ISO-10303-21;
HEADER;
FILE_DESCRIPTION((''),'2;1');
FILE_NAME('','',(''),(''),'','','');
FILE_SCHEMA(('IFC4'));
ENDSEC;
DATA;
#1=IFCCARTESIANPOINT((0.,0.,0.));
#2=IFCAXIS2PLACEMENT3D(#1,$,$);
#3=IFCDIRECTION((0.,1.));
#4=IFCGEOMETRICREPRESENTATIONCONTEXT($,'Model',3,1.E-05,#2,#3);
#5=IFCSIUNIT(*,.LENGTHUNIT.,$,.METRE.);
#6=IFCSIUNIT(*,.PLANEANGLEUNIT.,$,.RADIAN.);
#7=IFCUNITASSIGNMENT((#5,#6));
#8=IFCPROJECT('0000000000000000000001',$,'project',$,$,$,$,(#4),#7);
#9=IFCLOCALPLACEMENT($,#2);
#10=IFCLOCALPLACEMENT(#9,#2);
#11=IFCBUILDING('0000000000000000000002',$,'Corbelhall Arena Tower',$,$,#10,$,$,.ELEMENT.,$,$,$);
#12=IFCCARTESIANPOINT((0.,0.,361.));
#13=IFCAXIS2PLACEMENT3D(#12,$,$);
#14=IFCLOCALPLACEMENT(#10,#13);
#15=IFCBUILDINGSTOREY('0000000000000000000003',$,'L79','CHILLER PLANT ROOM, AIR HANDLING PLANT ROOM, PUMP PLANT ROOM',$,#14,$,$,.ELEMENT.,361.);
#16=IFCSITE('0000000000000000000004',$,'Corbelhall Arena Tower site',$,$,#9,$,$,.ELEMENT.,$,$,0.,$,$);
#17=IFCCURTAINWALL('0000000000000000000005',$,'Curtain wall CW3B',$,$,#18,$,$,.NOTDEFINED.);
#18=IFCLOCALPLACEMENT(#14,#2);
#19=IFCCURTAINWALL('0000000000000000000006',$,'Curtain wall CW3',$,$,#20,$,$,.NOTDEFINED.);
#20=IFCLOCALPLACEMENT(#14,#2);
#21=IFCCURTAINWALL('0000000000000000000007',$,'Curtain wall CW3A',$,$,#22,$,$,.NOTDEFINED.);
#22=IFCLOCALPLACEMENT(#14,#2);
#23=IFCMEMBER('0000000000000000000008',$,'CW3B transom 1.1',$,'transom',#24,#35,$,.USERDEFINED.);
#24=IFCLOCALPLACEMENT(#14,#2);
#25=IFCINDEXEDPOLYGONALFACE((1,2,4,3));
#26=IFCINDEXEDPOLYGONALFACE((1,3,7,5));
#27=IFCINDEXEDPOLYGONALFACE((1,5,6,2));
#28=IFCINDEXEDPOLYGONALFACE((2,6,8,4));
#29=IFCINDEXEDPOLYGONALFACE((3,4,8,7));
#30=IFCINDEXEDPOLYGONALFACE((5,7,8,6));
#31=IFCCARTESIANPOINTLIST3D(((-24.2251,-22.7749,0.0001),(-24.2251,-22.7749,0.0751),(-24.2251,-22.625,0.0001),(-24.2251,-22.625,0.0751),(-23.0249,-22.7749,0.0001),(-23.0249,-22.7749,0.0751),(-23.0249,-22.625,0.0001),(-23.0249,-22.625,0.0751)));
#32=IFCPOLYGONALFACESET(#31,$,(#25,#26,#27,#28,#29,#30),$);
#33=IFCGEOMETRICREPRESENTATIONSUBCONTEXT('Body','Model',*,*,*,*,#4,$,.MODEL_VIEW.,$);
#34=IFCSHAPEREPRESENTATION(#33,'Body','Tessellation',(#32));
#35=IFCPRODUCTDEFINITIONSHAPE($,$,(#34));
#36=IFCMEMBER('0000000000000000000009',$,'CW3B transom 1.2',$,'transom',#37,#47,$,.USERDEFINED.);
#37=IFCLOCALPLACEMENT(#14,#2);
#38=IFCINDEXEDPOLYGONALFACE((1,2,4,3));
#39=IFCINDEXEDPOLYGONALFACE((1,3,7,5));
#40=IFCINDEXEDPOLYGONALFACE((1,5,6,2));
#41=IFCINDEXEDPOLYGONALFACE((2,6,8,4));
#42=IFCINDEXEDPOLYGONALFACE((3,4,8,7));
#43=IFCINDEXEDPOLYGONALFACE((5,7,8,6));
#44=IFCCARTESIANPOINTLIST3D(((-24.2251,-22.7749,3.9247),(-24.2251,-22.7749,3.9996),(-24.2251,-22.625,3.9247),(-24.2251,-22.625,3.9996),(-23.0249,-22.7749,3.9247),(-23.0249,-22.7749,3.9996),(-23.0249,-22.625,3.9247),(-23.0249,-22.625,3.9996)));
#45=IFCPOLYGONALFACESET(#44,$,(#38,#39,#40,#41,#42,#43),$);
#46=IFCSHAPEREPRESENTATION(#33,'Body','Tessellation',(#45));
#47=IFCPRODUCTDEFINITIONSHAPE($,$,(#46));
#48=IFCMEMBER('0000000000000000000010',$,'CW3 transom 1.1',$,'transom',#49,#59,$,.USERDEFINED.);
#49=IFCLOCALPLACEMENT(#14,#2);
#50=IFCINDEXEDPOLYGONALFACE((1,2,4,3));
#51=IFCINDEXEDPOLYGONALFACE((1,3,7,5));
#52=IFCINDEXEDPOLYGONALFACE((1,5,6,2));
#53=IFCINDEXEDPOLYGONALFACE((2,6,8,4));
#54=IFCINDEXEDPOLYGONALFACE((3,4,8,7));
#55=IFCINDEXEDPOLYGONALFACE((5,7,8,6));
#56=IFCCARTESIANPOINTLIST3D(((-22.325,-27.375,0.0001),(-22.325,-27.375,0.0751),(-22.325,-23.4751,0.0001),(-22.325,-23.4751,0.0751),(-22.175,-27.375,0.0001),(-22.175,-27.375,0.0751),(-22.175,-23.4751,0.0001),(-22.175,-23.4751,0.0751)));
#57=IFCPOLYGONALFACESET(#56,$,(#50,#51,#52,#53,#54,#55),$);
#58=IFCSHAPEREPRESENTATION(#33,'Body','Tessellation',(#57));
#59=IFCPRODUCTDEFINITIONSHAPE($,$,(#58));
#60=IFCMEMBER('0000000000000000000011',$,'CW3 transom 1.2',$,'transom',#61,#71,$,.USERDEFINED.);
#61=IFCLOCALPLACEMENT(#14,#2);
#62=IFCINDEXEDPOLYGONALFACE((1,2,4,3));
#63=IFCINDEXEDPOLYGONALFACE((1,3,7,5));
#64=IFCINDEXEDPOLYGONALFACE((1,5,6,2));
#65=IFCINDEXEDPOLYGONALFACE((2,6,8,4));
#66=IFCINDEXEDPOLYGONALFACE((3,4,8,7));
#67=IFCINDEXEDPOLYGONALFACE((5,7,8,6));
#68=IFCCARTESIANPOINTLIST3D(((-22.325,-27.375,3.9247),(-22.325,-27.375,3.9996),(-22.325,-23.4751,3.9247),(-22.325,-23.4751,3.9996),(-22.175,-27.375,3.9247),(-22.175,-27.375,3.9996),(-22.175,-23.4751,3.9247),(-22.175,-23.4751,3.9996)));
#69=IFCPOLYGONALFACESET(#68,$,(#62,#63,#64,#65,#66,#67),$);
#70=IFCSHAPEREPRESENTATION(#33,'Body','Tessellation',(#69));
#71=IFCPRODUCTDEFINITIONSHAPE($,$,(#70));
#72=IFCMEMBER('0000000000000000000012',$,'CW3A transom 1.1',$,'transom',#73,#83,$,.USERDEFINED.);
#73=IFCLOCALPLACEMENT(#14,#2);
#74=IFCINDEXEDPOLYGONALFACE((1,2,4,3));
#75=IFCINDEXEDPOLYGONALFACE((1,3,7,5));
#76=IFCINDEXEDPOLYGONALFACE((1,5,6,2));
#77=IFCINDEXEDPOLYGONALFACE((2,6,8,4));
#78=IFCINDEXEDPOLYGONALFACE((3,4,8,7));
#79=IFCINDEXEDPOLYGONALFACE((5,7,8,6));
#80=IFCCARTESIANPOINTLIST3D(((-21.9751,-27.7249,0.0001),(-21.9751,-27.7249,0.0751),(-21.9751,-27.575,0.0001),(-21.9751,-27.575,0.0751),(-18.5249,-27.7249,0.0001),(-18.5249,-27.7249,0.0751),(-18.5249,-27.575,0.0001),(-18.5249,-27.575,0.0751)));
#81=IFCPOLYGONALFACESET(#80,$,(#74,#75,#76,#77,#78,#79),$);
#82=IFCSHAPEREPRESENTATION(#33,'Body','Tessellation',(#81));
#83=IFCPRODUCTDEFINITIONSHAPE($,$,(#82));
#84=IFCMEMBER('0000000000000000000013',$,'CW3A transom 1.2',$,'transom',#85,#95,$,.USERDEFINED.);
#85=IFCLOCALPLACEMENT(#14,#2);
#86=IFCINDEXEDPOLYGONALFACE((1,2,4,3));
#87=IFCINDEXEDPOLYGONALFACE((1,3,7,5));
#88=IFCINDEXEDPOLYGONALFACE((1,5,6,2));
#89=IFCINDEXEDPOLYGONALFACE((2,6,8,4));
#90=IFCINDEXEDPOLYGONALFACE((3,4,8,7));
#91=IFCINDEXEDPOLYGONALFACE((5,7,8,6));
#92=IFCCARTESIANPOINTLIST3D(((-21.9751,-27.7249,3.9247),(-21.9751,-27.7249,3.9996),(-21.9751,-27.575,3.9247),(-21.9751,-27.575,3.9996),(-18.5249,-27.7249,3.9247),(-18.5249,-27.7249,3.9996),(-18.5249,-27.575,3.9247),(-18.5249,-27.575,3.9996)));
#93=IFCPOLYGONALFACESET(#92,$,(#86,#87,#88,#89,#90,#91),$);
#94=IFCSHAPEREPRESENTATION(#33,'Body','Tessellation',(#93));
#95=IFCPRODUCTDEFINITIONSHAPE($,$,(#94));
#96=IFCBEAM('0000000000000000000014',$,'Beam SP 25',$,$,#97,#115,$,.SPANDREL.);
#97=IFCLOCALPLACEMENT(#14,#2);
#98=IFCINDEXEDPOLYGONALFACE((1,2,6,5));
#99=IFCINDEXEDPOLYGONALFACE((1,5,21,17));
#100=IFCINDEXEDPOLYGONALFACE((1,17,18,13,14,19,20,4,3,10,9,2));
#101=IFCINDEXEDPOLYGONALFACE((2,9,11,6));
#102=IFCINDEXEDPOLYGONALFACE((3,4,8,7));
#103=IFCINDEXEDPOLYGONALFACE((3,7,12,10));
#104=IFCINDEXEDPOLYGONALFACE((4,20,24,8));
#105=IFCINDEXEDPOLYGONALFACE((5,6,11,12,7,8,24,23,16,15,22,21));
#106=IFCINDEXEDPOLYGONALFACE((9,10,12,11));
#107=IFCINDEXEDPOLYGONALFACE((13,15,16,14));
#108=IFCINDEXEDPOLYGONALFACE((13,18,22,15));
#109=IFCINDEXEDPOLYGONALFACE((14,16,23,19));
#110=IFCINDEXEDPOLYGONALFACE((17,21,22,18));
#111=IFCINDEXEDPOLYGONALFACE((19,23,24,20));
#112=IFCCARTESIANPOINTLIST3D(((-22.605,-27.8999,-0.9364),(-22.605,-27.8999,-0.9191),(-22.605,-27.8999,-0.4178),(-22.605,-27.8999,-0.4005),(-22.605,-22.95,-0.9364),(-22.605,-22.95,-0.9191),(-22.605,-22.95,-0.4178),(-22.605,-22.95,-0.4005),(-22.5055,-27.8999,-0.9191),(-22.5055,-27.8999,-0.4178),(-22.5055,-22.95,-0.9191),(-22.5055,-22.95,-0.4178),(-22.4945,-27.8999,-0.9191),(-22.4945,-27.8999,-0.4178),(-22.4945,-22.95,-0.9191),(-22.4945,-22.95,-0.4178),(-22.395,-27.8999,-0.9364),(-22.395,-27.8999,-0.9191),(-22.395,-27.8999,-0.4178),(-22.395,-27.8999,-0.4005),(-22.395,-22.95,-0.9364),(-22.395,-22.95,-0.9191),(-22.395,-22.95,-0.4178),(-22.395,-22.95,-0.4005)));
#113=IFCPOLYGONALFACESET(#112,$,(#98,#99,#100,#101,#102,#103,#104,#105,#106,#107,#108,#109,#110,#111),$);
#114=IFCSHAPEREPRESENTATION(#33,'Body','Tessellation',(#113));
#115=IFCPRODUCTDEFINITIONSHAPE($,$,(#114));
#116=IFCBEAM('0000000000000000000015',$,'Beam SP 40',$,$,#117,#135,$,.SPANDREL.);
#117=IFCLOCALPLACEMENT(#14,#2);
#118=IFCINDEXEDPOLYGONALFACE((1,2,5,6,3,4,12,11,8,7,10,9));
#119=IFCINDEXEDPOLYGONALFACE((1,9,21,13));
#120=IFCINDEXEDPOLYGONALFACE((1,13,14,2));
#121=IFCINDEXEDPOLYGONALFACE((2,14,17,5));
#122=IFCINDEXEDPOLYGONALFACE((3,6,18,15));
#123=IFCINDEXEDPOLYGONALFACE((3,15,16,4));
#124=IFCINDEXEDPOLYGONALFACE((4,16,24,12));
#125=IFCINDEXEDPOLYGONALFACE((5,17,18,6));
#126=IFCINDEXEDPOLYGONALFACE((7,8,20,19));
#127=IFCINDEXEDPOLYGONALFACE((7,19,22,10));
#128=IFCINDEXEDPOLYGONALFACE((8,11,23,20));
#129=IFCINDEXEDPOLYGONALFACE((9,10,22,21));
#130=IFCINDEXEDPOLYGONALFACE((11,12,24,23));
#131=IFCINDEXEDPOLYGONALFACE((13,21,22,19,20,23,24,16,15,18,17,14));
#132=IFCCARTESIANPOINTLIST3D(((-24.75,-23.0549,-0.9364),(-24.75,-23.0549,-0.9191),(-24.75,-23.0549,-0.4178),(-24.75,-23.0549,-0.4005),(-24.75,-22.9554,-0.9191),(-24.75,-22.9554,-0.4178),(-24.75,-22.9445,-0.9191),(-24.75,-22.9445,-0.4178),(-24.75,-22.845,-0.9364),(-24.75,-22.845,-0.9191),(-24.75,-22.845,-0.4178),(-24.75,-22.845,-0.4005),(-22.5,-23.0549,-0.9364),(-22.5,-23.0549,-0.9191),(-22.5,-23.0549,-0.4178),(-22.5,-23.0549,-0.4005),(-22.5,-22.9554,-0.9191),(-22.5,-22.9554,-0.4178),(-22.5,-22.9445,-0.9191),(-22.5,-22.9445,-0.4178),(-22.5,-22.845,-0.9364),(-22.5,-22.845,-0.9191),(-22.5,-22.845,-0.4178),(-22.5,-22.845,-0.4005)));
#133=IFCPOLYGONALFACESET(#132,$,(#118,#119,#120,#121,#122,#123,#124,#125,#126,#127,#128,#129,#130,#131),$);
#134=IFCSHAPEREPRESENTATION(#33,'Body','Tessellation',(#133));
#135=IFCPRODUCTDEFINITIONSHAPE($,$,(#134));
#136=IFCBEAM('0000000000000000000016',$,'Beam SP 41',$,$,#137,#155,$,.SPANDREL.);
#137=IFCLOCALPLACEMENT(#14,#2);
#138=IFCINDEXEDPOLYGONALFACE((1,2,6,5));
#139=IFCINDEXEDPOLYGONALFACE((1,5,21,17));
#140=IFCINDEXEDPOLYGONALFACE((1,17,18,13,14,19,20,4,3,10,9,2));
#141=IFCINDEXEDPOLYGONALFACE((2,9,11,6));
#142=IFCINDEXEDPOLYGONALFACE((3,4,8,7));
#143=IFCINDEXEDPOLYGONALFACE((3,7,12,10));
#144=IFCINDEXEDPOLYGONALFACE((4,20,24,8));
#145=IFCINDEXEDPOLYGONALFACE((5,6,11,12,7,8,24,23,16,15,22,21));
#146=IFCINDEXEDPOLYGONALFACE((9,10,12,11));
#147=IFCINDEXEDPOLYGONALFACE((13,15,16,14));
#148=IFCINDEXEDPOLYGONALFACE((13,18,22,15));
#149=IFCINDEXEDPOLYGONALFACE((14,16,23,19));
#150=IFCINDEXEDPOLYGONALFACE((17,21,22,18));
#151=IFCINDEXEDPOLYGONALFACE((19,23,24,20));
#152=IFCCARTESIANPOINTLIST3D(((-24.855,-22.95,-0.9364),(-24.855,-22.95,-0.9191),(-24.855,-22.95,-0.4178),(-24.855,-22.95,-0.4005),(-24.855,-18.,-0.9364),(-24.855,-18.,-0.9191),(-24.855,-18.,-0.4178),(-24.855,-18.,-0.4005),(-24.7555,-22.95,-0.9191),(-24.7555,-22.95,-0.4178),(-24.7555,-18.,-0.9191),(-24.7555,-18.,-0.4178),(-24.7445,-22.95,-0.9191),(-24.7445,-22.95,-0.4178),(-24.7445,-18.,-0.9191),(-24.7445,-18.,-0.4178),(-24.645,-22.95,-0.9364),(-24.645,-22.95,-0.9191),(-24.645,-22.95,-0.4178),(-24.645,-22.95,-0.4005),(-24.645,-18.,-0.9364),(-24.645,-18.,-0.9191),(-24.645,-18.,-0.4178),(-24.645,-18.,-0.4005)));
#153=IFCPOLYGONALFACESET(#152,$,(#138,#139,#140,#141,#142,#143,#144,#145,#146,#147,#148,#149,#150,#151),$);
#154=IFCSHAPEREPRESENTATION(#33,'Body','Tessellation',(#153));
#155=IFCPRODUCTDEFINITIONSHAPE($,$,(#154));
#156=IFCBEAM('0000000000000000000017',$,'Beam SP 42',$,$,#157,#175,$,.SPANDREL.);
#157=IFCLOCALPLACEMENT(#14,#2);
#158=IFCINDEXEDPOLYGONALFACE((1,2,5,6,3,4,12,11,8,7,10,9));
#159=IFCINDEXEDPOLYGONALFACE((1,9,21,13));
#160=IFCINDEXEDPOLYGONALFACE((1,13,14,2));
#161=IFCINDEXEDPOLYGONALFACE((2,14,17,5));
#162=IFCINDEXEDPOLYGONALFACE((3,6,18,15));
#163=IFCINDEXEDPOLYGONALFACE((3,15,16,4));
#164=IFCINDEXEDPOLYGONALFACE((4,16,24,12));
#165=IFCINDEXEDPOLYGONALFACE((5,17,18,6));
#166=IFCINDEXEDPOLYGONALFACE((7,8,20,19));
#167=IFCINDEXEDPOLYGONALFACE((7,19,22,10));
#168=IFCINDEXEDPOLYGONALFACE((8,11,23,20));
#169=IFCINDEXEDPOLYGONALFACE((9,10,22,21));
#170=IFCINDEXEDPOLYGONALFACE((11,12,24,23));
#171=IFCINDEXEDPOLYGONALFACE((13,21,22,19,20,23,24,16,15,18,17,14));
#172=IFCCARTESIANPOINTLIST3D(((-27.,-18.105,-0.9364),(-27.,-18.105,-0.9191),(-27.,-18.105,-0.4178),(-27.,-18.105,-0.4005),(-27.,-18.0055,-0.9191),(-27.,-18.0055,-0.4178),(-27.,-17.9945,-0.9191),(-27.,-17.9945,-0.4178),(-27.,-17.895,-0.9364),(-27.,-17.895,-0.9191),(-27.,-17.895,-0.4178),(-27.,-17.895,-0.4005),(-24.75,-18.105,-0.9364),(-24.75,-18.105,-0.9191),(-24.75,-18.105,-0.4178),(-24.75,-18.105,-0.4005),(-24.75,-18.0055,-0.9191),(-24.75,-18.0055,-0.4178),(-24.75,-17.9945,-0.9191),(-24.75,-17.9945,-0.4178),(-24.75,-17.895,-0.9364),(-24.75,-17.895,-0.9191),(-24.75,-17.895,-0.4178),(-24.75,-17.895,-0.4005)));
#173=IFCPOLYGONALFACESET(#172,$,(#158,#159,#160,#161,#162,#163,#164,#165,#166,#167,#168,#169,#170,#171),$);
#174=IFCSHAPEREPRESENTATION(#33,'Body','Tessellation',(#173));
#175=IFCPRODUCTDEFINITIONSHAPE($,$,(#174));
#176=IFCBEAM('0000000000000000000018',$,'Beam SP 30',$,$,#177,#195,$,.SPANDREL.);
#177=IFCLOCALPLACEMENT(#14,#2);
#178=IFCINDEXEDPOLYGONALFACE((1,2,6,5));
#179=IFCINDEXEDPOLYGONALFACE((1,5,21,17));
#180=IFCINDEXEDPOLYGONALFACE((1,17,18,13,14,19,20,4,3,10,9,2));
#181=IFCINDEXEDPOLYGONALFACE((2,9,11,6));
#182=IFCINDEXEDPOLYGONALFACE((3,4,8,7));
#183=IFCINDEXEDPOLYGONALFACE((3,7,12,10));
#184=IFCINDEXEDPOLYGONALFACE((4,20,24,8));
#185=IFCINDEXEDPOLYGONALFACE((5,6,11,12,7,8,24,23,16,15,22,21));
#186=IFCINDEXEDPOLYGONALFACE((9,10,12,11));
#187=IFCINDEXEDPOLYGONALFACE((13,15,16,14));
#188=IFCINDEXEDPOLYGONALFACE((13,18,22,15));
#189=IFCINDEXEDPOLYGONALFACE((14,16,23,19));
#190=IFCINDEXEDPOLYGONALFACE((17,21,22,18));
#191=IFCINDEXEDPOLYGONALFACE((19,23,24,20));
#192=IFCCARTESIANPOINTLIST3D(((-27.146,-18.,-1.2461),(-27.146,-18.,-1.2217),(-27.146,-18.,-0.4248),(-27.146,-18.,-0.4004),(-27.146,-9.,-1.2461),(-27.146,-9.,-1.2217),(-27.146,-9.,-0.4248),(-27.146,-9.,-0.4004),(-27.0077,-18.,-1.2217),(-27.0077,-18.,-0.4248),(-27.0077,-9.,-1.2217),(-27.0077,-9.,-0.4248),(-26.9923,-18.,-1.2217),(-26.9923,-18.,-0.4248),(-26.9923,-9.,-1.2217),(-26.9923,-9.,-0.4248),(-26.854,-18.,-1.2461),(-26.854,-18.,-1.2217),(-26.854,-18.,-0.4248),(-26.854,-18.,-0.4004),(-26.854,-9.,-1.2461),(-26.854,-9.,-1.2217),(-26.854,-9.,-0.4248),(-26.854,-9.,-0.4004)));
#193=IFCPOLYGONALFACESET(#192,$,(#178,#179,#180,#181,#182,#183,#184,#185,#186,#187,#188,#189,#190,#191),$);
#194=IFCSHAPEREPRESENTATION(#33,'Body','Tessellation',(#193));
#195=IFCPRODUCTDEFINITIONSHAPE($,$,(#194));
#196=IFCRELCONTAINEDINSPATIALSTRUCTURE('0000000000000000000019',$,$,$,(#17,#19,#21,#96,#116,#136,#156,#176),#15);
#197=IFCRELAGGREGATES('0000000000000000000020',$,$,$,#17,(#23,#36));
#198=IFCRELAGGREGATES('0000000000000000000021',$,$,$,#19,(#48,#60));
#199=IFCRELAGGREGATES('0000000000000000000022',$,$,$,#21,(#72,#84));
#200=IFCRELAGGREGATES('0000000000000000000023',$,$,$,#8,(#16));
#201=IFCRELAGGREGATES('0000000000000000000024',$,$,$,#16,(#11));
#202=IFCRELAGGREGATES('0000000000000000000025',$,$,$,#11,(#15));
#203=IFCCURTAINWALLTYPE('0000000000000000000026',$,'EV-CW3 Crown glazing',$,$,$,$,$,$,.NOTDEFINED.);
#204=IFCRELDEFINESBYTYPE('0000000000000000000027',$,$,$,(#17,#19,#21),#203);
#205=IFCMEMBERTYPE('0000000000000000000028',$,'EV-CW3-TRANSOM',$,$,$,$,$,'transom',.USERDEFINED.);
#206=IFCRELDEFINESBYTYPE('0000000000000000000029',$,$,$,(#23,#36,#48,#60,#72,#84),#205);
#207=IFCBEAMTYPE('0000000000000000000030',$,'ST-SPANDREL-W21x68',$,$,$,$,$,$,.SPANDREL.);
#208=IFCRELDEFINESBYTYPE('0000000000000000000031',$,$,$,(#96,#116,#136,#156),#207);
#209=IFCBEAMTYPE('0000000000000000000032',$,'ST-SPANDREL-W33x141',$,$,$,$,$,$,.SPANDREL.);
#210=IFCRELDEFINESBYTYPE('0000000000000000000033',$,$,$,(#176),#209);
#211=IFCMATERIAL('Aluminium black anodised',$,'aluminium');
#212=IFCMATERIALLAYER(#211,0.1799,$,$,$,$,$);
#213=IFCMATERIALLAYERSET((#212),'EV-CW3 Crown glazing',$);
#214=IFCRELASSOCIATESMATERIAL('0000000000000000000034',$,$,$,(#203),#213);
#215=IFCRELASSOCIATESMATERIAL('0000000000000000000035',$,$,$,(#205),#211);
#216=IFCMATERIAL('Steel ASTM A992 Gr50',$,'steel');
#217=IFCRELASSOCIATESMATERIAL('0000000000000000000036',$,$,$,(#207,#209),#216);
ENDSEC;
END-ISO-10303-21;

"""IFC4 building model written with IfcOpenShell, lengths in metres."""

from ifc_helpers import new_model, si_unit, direction, frame, origin, origin_2d, place, context, subcontext, project, spatial, rectangle, i_section, extrude, material, layer, layer_set, material_profile, profile_set, type_object, element, aggregate, save


model = new_model("IFC4")

# Units and contexts
model_context = context("Model", 3, precision=1e-05, world=origin(), true_north=direction((0.0, 1.0)))
body_context = subcontext(model_context, "Body", "Model", "MODEL_VIEW")
ifc_project = project(units=[si_unit("LENGTHUNIT", "METRE"), si_unit("PLANEANGLEUNIT", "RADIAN")], contexts=[model_context])

# Site, building, storey
site_placement = place(None, origin())
site = spatial("IfcSite", under=ifc_project, at=site_placement, Name="Corbelhall Arena Tower site", CompositionType="ELEMENT", RefElevation=0.0)
building_placement = place(site_placement, origin())
building = spatial("IfcBuilding", under=site, at=building_placement, Name="Corbelhall Arena Tower", CompositionType="ELEMENT")
storey_placement = place(building_placement, frame((0.0, 0.0, 361.0)))
storey = spatial("IfcBuildingStorey", under=building, at=storey_placement, Name="L79", Description="CHILLER PLANT ROOM, AIR HANDLING PLANT ROOM, PUMP PLANT ROOM", CompositionType="ELEMENT", Elevation=361.0)

# Curtain walls
ifc_material_1 = material(Name="Aluminium black anodised", Category="aluminium")
ifc_layer_1 = layer(ifc_material_1, 0.1799)
ifc_layer_set_1 = layer_set([ifc_layer_1], Name="EV-CW3 Crown glazing")
curtain_wall_type = type_object("IfcCurtainWallType", Name="EV-CW3 Crown glazing", PredefinedType="NOTDEFINED", material=ifc_layer_set_1)
curtain_wall_1_placement = place(storey_placement, origin())
curtain_wall_1 = element("IfcCurtainWall", 1, at=curtain_wall_1_placement, inside=storey, type_object=curtain_wall_type, Name="Curtain wall CW3B", PredefinedType="NOTDEFINED")
curtain_wall_2_placement = place(storey_placement, origin())
curtain_wall_2 = element("IfcCurtainWall", 2, at=curtain_wall_2_placement, inside=storey, type_object=curtain_wall_type, Name="Curtain wall CW3", PredefinedType="NOTDEFINED")
curtain_wall_3_placement = place(storey_placement, origin())
curtain_wall_3 = element("IfcCurtainWall", 3, at=curtain_wall_3_placement, inside=storey, type_object=curtain_wall_type, Name="Curtain wall CW3A", PredefinedType="NOTDEFINED")

# Members
ifc_material_profile_1 = material_profile(ifc_material_1, rectangle(XDim=0.1499, YDim=0.075, at=origin_2d()))
ifc_profile_set_1 = profile_set([ifc_material_profile_1], Name="Aluminium black anodised")
member_type_1 = type_object("IfcMemberType", Name="EV-CW3-TRANSOM", ElementType="transom", PredefinedType="USERDEFINED", material=ifc_profile_set_1)
member_1_placement = place(storey_placement, frame((-24.2251, -22.7, 0.0376), z_axis=(1.0, 0.0, 0.0), x_axis=(0.0, 1.0, 0.0)))
member_1 = element("IfcMember", 4, at=member_1_placement, type_object=member_type_1, Name="CW3B transom 1.1", ObjectType="transom", PredefinedType="USERDEFINED", context=body_context, shape_type="SweptSolid", body=[
    extrude(rectangle(XDim=0.1499, YDim=0.075, at=origin_2d()), origin(), (0.0, 0.0, 1.0), 1.2002),
])
member_2_placement = place(storey_placement, frame((-24.2251, -22.7, 3.9622), z_axis=(1.0, 0.0, 0.0), x_axis=(0.0, 1.0, 0.0)))
member_2 = element("IfcMember", 5, at=member_2_placement, type_object=member_type_1, Name="CW3B transom 1.2", ObjectType="transom", PredefinedType="USERDEFINED", context=body_context, shape_type="SweptSolid", body=[
    extrude(rectangle(XDim=0.1499, YDim=0.075, at=origin_2d()), origin(), (0.0, 0.0, 1.0), 1.2002),
])
member_3_placement = place(storey_placement, frame((-22.25, -23.4751, 0.0376), z_axis=(0.0, -1.0, 0.0), x_axis=(1.0, 0.0, 0.0)))
member_3 = element("IfcMember", 6, at=member_3_placement, type_object=member_type_1, Name="CW3 transom 1.1", ObjectType="transom", PredefinedType="USERDEFINED", context=body_context, shape_type="SweptSolid", body=[
    extrude(rectangle(XDim=0.1499, YDim=0.075, at=origin_2d()), origin(), (0.0, 0.0, 1.0), 3.8999),
])
member_4_placement = place(storey_placement, frame((-22.25, -23.4751, 3.9622), z_axis=(0.0, -1.0, 0.0), x_axis=(1.0, 0.0, 0.0)))
member_4 = element("IfcMember", 7, at=member_4_placement, type_object=member_type_1, Name="CW3 transom 1.2", ObjectType="transom", PredefinedType="USERDEFINED", context=body_context, shape_type="SweptSolid", body=[
    extrude(rectangle(XDim=0.1499, YDim=0.075, at=origin_2d()), origin(), (0.0, 0.0, 1.0), 3.8999),
])
member_5_placement = place(storey_placement, frame((-21.9751, -27.6499, 0.0376), z_axis=(1.0, 0.0, 0.0), x_axis=(0.0, 1.0, 0.0)))
member_5 = element("IfcMember", 8, at=member_5_placement, type_object=member_type_1, Name="CW3A transom 1.1", ObjectType="transom", PredefinedType="USERDEFINED", context=body_context, shape_type="SweptSolid", body=[
    extrude(rectangle(XDim=0.1499, YDim=0.075, at=origin_2d()), origin(), (0.0, 0.0, 1.0), 3.4502),
])
member_6_placement = place(storey_placement, frame((-21.9751, -27.6499, 3.9622), z_axis=(1.0, 0.0, 0.0), x_axis=(0.0, 1.0, 0.0)))
member_6 = element("IfcMember", 9, at=member_6_placement, type_object=member_type_1, Name="CW3A transom 1.2", ObjectType="transom", PredefinedType="USERDEFINED", context=body_context, shape_type="SweptSolid", body=[
    extrude(rectangle(XDim=0.1499, YDim=0.075, at=origin_2d()), origin(), (0.0, 0.0, 1.0), 3.4502),
])

# Beams
ifc_material_2 = material(Name="Steel ASTM A992 Gr50", Category="steel")
ifc_material_profile_2 = material_profile(ifc_material_2, i_section(OverallWidth=0.21, OverallDepth=0.5359, WebThickness=0.011, FlangeThickness=0.0173, at=origin_2d()))
ifc_profile_set_2 = profile_set([ifc_material_profile_2], Name="Steel ASTM A992 Gr50")
beam_type_1 = type_object("IfcBeamType", Name="ST-SPANDREL-W21x68", PredefinedType="SPANDREL", material=ifc_profile_set_2)
beam_1_placement = place(storey_placement, frame((-22.5, -27.8999, -0.6685), z_axis=(0.0, 1.0, 0.0), x_axis=(-1.0, 0.0, 0.0)))
element("IfcBeam", 10, at=beam_1_placement, inside=storey, type_object=beam_type_1, Name="Beam SP 25", PredefinedType="SPANDREL", context=body_context, shape_type="SweptSolid", body=[
    extrude(i_section(OverallWidth=0.21, OverallDepth=0.5359, WebThickness=0.011, FlangeThickness=0.0173, at=origin_2d()), origin(), (0.0, 0.0, 1.0), 4.95),
])
beam_2_placement = place(storey_placement, frame((-22.5, -22.95, -0.6685), z_axis=(-1.0, 0.0, 0.0), x_axis=(0.0, -1.0, 0.0)))
element("IfcBeam", 11, at=beam_2_placement, inside=storey, type_object=beam_type_1, Name="Beam SP 40", PredefinedType="SPANDREL", context=body_context, shape_type="SweptSolid", body=[
    extrude(i_section(OverallWidth=0.21, OverallDepth=0.5359, WebThickness=0.011, FlangeThickness=0.0173, at=origin_2d()), origin(), (0.0, 0.0, 1.0), 2.25),
])
beam_3_placement = place(storey_placement, frame((-24.75, -22.95, -0.6685), z_axis=(0.0, 1.0, 0.0), x_axis=(-1.0, 0.0, 0.0)))
element("IfcBeam", 12, at=beam_3_placement, inside=storey, type_object=beam_type_1, Name="Beam SP 41", PredefinedType="SPANDREL", context=body_context, shape_type="SweptSolid", body=[
    extrude(i_section(OverallWidth=0.21, OverallDepth=0.5359, WebThickness=0.011, FlangeThickness=0.0173, at=origin_2d()), origin(), (0.0, 0.0, 1.0), 4.95),
])
beam_4_placement = place(storey_placement, frame((-24.75, -18.0, -0.6685), z_axis=(-1.0, 0.0, 0.0), x_axis=(0.0, -1.0, 0.0)))
element("IfcBeam", 13, at=beam_4_placement, inside=storey, type_object=beam_type_1, Name="Beam SP 42", PredefinedType="SPANDREL", context=body_context, shape_type="SweptSolid", body=[
    extrude(i_section(OverallWidth=0.21, OverallDepth=0.5359, WebThickness=0.011, FlangeThickness=0.0173, at=origin_2d()), origin(), (0.0, 0.0, 1.0), 2.25),
])
ifc_material_profile_3 = material_profile(ifc_material_2, i_section(OverallWidth=0.292, OverallDepth=0.8457, WebThickness=0.0154, FlangeThickness=0.0244, at=origin_2d()))
ifc_profile_set_3 = profile_set([ifc_material_profile_3], Name="Steel ASTM A992 Gr50")
beam_type_2 = type_object("IfcBeamType", Name="ST-SPANDREL-W33x141", PredefinedType="SPANDREL", material=ifc_profile_set_3)
beam_5_placement = place(storey_placement, frame((-27.0, -18.0, -0.8232), z_axis=(0.0, 1.0, 0.0), x_axis=(-1.0, 0.0, 0.0)))
element("IfcBeam", 14, at=beam_5_placement, inside=storey, type_object=beam_type_2, Name="Beam SP 30", PredefinedType="SPANDREL", context=body_context, shape_type="SweptSolid", body=[
    extrude(i_section(OverallWidth=0.292, OverallDepth=0.8457, WebThickness=0.0154, FlangeThickness=0.0244, at=origin_2d()), origin(), (0.0, 0.0, 1.0), 9.0),
])

aggregate(curtain_wall_1, [member_1, member_2])
aggregate(curtain_wall_2, [member_3, member_4])
aggregate(curtain_wall_3, [member_5, member_6])

save(model, "model.ifc")
